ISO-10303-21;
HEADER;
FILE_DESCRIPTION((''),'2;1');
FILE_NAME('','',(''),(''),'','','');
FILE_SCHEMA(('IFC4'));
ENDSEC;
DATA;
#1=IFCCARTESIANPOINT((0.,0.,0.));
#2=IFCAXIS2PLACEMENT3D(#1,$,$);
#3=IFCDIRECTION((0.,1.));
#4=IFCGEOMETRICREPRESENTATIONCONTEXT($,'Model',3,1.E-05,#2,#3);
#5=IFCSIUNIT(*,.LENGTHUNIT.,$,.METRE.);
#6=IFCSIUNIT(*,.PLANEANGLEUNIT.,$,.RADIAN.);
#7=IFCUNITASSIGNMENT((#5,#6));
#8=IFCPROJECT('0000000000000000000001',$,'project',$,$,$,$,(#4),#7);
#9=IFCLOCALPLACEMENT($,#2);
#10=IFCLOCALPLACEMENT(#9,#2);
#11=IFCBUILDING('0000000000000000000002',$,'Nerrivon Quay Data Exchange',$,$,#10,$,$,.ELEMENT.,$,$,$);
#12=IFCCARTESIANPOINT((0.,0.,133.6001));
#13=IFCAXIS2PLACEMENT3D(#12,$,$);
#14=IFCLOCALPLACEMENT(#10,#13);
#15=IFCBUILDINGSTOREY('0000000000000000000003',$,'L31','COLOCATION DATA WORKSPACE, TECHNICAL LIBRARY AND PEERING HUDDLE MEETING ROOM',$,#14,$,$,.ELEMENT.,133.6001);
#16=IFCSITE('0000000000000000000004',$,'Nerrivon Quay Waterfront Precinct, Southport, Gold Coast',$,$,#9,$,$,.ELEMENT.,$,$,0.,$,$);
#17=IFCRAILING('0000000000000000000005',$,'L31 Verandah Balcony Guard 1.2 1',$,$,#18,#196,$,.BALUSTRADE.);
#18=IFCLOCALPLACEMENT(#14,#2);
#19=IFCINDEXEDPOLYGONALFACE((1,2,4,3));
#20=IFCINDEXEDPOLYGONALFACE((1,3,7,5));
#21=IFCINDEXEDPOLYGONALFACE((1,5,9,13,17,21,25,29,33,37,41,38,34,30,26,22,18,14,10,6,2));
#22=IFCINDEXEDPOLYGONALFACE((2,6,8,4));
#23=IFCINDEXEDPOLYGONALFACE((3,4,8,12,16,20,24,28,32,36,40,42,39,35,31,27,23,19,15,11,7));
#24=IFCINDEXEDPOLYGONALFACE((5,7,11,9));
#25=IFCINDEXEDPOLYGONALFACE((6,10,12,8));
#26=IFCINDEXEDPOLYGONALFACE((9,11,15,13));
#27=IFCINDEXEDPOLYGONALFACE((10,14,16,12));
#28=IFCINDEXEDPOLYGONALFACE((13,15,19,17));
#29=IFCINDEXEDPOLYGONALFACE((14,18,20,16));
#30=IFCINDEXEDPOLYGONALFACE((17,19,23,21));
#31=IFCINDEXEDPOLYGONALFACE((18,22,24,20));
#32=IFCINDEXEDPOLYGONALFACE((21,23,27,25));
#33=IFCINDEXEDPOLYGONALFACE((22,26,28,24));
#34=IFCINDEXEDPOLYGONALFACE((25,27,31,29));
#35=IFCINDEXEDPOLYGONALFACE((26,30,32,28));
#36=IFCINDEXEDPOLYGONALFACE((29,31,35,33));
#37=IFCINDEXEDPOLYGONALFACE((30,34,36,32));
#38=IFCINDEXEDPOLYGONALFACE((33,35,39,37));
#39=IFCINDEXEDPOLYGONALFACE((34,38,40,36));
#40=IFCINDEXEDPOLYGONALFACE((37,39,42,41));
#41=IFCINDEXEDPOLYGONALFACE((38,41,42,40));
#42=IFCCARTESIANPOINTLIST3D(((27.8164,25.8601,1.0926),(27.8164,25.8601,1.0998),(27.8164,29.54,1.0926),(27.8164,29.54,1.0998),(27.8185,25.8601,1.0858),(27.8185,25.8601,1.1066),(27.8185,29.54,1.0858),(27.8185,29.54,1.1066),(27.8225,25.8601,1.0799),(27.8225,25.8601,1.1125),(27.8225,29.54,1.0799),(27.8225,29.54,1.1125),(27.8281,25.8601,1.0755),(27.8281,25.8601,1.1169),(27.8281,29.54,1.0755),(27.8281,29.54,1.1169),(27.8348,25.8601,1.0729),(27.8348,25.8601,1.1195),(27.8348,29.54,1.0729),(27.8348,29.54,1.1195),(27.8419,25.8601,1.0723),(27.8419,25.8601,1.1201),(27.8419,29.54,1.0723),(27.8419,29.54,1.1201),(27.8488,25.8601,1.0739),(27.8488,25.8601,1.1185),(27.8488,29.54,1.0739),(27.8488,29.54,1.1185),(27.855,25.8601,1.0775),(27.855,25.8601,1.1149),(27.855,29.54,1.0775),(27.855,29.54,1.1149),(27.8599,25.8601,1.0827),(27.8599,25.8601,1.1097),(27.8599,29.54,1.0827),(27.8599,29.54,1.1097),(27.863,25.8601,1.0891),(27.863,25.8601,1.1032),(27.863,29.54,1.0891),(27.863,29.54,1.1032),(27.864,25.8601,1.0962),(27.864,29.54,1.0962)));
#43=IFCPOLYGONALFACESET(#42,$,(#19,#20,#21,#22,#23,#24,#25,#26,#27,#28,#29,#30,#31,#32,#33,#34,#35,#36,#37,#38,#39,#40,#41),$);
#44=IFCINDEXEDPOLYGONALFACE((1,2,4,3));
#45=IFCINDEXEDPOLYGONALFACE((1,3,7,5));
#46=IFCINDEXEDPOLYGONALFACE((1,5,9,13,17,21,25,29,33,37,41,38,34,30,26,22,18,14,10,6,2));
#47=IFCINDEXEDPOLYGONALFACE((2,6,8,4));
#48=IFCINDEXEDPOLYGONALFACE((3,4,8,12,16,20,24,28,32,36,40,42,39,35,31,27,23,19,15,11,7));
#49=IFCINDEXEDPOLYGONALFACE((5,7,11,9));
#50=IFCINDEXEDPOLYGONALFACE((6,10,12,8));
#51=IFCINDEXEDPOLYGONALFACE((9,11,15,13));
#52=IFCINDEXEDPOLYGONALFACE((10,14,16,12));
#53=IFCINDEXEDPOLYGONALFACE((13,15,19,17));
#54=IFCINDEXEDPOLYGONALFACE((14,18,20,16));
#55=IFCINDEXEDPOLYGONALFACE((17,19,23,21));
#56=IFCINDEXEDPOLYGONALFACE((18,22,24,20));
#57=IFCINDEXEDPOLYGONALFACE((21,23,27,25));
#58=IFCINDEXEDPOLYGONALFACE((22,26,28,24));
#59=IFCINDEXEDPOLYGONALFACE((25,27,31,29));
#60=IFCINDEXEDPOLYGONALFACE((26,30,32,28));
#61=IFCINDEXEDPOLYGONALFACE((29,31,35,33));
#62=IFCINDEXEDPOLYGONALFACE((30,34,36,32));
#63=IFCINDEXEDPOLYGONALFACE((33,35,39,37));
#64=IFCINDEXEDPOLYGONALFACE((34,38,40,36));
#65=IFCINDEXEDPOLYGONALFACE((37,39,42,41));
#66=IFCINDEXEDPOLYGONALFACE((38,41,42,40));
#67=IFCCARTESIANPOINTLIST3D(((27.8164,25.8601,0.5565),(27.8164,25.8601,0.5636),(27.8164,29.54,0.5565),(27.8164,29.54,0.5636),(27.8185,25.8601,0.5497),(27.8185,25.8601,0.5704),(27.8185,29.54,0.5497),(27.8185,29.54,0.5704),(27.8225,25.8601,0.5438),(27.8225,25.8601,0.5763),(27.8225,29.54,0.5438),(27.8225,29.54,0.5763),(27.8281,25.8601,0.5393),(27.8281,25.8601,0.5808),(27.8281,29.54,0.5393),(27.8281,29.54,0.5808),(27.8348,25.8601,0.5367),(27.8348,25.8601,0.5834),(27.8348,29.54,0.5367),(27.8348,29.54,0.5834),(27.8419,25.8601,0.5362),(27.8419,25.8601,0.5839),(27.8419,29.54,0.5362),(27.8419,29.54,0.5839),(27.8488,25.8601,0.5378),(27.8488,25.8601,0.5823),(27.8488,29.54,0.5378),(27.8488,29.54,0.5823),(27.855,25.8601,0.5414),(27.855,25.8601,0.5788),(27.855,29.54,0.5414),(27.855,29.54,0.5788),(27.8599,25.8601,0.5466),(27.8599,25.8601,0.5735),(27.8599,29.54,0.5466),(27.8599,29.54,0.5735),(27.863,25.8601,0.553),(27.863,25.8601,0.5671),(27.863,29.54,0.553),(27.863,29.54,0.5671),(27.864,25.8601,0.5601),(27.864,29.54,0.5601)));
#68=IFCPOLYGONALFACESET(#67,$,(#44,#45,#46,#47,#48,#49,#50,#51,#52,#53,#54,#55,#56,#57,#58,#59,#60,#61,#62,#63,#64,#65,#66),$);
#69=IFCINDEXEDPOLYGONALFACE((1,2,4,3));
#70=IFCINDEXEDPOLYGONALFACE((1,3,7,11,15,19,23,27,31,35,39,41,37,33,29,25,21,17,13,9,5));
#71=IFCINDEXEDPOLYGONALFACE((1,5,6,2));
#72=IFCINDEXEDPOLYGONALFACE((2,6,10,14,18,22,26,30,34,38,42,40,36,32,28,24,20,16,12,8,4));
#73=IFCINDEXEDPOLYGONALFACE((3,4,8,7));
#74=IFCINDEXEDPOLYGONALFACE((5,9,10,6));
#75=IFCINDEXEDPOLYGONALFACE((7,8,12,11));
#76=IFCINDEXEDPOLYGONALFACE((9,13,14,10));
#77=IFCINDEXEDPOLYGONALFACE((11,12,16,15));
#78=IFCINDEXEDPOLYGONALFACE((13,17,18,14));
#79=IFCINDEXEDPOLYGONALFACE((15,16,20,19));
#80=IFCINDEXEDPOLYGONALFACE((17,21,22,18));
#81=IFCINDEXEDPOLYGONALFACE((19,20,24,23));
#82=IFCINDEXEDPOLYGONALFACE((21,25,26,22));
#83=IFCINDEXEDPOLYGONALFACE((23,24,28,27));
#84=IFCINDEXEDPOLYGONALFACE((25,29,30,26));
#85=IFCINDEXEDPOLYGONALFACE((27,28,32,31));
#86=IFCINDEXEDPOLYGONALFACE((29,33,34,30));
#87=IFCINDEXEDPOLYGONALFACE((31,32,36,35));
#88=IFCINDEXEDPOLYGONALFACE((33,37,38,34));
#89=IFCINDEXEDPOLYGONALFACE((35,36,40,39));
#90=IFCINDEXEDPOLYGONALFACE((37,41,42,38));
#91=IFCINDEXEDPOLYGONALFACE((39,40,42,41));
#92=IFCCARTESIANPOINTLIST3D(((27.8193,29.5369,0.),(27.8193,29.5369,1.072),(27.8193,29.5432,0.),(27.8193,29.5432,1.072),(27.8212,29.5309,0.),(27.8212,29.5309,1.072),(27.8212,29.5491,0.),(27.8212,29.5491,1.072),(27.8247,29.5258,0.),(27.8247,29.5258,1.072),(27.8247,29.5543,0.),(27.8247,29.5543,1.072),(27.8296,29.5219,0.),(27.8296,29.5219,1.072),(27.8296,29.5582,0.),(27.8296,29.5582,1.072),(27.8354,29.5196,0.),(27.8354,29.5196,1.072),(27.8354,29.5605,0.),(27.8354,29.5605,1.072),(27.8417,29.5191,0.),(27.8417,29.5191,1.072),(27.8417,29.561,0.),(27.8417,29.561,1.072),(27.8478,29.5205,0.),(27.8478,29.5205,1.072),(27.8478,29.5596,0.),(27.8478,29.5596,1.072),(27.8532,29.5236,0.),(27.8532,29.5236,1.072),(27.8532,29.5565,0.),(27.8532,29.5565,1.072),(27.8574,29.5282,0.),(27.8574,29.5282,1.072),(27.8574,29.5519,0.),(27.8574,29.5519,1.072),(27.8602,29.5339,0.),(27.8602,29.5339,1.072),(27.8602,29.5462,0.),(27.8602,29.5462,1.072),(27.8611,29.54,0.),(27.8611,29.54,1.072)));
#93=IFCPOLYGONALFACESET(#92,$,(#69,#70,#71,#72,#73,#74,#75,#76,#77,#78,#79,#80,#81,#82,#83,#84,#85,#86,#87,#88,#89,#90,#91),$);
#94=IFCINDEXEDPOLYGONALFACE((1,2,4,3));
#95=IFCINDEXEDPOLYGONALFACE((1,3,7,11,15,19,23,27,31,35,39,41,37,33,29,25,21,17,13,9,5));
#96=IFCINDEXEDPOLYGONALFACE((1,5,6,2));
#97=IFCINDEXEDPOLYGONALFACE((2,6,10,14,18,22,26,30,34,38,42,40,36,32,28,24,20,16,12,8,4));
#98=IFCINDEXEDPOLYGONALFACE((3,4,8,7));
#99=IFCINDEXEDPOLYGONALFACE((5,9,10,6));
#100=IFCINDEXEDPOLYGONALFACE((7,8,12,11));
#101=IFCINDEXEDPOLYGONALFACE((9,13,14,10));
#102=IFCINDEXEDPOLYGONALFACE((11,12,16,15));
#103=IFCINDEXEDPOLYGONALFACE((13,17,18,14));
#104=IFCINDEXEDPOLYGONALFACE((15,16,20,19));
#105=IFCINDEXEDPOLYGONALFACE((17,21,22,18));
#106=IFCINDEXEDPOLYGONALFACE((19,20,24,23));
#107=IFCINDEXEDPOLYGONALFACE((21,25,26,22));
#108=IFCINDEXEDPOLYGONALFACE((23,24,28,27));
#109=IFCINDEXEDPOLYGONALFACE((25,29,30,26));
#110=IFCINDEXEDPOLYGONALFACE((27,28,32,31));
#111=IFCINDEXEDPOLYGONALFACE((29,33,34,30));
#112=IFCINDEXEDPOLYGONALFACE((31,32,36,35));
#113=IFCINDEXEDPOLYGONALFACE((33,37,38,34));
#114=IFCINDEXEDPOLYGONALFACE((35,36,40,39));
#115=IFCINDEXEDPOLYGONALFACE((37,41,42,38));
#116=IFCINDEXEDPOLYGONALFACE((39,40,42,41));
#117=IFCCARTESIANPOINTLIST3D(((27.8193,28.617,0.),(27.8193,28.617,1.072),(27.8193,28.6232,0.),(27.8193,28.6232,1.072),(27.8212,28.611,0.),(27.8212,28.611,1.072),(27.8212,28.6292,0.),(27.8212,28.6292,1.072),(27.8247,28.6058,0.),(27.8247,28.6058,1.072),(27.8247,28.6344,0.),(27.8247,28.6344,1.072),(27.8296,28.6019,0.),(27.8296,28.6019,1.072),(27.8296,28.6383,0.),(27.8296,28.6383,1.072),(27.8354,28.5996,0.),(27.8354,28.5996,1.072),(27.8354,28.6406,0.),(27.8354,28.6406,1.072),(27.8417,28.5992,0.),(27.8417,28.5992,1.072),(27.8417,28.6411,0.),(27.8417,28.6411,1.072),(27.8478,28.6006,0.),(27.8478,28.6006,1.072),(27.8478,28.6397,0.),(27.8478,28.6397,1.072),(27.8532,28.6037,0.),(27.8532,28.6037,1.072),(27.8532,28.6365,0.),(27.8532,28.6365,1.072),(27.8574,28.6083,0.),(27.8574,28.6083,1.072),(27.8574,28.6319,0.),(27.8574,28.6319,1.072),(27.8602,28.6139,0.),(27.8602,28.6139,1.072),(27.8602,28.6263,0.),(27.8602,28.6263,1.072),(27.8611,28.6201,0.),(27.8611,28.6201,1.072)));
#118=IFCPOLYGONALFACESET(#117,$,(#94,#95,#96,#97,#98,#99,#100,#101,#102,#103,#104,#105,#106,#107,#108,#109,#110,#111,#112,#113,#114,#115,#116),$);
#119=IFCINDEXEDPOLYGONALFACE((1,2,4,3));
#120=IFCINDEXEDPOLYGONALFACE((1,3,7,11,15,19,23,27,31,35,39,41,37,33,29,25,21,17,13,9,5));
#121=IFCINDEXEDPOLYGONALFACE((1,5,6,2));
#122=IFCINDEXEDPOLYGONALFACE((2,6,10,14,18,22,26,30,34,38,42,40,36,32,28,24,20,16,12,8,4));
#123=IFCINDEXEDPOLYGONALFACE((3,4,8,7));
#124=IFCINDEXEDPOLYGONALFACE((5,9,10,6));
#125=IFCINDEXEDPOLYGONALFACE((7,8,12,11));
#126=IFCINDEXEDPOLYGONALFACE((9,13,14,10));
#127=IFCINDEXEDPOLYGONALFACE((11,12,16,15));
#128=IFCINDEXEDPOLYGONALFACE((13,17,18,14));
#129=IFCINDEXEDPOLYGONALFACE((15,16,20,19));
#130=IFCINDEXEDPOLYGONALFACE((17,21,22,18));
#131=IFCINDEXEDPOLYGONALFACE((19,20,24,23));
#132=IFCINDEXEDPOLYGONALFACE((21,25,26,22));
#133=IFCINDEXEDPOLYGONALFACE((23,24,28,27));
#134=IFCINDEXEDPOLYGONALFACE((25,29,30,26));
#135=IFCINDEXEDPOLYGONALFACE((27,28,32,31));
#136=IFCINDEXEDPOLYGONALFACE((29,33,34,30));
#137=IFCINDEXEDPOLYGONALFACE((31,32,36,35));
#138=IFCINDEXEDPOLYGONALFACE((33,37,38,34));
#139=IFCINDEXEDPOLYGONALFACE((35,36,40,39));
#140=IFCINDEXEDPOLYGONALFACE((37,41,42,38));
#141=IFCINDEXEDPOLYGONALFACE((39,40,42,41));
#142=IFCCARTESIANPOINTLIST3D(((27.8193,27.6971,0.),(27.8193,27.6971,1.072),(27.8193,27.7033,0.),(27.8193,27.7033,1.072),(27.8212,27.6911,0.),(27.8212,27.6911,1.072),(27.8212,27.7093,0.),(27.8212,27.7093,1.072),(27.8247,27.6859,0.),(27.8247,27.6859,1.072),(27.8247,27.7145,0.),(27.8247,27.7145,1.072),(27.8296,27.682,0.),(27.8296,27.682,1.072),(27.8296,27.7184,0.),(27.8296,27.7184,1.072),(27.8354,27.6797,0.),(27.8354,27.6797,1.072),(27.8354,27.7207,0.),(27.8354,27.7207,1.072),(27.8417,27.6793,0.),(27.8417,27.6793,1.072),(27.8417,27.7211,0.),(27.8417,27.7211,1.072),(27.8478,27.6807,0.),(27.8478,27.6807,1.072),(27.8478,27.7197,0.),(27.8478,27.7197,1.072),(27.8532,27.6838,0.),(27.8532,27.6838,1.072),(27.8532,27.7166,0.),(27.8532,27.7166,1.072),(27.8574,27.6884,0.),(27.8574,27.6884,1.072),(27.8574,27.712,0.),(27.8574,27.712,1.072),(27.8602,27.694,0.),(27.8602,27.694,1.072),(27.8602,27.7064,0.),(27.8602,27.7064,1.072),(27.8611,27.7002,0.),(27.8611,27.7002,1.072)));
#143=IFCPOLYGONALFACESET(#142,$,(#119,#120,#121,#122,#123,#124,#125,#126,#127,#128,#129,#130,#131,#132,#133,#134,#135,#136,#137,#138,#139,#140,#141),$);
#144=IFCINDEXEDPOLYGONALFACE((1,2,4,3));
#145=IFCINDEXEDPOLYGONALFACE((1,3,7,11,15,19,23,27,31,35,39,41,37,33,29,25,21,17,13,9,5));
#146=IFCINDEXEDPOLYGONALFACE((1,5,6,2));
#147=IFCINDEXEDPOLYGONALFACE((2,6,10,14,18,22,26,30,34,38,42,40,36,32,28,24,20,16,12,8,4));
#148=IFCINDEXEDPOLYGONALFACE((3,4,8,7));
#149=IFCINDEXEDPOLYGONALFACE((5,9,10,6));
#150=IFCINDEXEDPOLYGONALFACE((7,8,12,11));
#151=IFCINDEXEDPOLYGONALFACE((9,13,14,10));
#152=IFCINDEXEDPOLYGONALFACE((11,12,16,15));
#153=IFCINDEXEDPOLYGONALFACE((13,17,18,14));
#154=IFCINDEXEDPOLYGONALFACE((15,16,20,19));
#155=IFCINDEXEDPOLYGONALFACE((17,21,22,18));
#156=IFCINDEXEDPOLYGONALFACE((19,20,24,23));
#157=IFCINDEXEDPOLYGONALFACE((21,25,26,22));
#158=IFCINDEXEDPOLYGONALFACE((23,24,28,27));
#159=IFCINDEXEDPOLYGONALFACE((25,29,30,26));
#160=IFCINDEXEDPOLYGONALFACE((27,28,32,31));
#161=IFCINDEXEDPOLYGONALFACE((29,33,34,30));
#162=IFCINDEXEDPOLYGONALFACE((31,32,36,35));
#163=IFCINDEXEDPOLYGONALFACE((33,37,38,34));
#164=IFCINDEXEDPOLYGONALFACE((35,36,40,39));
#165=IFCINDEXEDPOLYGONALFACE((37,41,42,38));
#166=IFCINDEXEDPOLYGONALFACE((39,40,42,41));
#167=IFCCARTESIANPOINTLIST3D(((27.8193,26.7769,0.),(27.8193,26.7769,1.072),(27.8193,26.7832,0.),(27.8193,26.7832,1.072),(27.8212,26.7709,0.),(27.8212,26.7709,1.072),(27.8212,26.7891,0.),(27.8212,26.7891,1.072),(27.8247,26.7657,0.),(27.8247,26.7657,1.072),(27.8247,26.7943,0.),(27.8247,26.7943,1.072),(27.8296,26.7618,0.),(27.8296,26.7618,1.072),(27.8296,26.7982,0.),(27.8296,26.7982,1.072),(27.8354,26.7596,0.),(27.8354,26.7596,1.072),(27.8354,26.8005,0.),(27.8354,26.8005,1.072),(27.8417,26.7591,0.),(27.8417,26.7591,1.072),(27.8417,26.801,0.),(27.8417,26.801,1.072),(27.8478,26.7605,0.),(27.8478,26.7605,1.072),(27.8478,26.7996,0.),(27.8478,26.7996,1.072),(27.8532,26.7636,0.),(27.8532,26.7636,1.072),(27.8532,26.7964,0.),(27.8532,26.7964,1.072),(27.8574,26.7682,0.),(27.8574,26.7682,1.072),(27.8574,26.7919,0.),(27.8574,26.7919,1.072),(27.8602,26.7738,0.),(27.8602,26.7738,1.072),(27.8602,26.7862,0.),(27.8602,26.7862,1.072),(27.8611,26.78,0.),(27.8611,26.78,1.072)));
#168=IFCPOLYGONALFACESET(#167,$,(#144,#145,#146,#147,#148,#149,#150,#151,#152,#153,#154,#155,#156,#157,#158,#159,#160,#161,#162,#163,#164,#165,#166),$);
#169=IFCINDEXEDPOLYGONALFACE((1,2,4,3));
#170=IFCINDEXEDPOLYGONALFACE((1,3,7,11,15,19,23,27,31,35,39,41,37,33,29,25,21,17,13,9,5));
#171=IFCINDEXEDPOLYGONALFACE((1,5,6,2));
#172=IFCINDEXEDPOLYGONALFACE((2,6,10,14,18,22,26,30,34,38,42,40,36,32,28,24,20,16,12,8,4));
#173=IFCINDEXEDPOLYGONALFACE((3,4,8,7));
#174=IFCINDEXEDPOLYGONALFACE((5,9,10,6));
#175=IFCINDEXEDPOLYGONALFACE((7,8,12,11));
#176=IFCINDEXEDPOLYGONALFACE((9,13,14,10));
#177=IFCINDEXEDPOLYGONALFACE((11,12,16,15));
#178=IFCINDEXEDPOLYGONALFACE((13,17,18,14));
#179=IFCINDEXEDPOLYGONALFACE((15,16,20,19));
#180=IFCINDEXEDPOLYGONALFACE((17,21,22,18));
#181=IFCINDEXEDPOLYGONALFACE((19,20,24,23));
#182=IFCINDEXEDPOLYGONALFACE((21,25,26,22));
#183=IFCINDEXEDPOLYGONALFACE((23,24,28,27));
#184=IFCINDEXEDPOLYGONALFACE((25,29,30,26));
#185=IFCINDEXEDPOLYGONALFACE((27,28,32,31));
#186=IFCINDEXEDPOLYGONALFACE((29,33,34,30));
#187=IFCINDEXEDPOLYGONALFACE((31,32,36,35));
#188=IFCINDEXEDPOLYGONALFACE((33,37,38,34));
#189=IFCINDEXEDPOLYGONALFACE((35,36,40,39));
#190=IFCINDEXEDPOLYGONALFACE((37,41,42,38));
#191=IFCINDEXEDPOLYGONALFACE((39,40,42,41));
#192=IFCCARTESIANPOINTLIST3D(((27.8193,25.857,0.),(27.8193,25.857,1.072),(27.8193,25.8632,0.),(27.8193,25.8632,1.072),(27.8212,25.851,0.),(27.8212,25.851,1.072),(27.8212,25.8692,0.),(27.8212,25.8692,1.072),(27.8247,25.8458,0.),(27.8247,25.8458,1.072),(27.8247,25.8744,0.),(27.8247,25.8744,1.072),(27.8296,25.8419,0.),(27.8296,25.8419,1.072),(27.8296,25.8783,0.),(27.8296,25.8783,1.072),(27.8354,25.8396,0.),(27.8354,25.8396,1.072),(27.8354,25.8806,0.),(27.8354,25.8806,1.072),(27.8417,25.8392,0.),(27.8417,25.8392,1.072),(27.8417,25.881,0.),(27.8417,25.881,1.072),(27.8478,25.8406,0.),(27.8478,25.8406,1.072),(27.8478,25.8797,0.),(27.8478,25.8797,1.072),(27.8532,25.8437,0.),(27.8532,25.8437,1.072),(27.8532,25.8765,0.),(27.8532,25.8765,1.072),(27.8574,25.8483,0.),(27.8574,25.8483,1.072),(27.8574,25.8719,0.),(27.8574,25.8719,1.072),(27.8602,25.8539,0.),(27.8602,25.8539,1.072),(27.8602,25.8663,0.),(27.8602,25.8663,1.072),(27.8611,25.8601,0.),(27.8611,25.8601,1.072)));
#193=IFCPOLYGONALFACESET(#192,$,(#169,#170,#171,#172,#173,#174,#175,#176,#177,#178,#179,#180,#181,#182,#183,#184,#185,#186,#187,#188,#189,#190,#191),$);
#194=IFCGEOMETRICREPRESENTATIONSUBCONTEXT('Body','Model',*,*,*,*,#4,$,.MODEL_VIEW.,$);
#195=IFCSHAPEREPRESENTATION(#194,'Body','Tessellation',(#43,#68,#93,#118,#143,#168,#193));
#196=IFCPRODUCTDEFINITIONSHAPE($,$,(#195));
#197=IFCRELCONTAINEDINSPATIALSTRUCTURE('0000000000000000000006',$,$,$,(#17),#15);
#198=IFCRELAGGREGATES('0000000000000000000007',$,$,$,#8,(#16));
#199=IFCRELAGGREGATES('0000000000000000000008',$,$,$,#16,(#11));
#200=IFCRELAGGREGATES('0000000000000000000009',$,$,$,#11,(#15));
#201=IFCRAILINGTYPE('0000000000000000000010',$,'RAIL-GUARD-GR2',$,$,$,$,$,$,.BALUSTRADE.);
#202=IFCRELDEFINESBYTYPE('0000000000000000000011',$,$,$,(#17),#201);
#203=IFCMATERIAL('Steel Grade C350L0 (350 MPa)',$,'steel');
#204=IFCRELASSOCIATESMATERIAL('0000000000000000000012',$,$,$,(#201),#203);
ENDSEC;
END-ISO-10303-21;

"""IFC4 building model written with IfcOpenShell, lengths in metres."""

from ifc_helpers import new_model, si_unit, direction, frame, origin, origin_2d, place, context, subcontext, project, spatial, circle, extrude, material, type_object, element, save


model = new_model("IFC4")

# Units and contexts
model_context = context("Model", 3, precision=1e-05, world=origin(), true_north=direction((0.0, 1.0)))
body_context = subcontext(model_context, "Body", "Model", "MODEL_VIEW")
ifc_project = project(units=[si_unit("LENGTHUNIT", "METRE"), si_unit("PLANEANGLEUNIT", "RADIAN")], contexts=[model_context])

# Site, building, storey
site_placement = place(None, origin())
site = spatial("IfcSite", under=ifc_project, at=site_placement, Name="Nerrivon Quay Waterfront Precinct, Southport, Gold Coast", CompositionType="ELEMENT", RefElevation=0.0)
building_placement = place(site_placement, origin())
building = spatial("IfcBuilding", under=site, at=building_placement, Name="Nerrivon Quay Data Exchange", CompositionType="ELEMENT")
storey_placement = place(building_placement, frame((0.0, 0.0, 133.6001)))
storey = spatial("IfcBuildingStorey", under=building, at=storey_placement, Name="L31", Description="COLOCATION DATA WORKSPACE, TECHNICAL LIBRARY AND PEERING HUDDLE MEETING ROOM", CompositionType="ELEMENT", Elevation=133.6001)

# Railing
ifc_material_1 = material(Name="Steel Grade C350L0 (350 MPa)", Category="steel")
railing_type = type_object("IfcRailingType", Name="RAIL-GUARD-GR2", PredefinedType="BALUSTRADE", material=ifc_material_1)
railing_1_placement = place(storey_placement, frame((27.8401, 29.54, 0.0)))
element("IfcRailing", 1, at=railing_1_placement, inside=storey, type_object=railing_type, Name="L31 Verandah Balcony Guard 1.2 1", PredefinedType="BALUSTRADE", context=body_context, shape_type="SweptSolid", body=[
    extrude(circle(Radius=0.0239, at=origin_2d()), frame((0.0, 0.0, 1.0962), z_axis=(0.0, -1.0, 0.0), x_axis=(1.0, 0.0, 0.0)), (0.0, 0.0, 1.0), 3.6799),
    extrude(circle(Radius=0.0239, at=origin_2d()), frame((0.0, 0.0, 0.5601), z_axis=(0.0, -1.0, 0.0), x_axis=(1.0, 0.0, 0.0)), (0.0, 0.0, 1.0), 3.6799),
    extrude(circle(Radius=0.021, at=origin_2d()), origin(), (0.0, 0.0, 1.0), 1.072),
    extrude(circle(Radius=0.021, at=origin_2d()), frame((0.0, -0.9199, 0.0)), (0.0, 0.0, 1.0), 1.072),
    extrude(circle(Radius=0.021, at=origin_2d()), frame((0.0, -1.8398, 0.0)), (0.0, 0.0, 1.0), 1.072),
    extrude(circle(Radius=0.021, at=origin_2d()), frame((0.0, -2.76, 0.0)), (0.0, 0.0, 1.0), 1.072),
    extrude(circle(Radius=0.021, at=origin_2d()), frame((0.0, -3.6799, 0.0)), (0.0, 0.0, 1.0), 1.072),
])

save(model, "model.ifc")
